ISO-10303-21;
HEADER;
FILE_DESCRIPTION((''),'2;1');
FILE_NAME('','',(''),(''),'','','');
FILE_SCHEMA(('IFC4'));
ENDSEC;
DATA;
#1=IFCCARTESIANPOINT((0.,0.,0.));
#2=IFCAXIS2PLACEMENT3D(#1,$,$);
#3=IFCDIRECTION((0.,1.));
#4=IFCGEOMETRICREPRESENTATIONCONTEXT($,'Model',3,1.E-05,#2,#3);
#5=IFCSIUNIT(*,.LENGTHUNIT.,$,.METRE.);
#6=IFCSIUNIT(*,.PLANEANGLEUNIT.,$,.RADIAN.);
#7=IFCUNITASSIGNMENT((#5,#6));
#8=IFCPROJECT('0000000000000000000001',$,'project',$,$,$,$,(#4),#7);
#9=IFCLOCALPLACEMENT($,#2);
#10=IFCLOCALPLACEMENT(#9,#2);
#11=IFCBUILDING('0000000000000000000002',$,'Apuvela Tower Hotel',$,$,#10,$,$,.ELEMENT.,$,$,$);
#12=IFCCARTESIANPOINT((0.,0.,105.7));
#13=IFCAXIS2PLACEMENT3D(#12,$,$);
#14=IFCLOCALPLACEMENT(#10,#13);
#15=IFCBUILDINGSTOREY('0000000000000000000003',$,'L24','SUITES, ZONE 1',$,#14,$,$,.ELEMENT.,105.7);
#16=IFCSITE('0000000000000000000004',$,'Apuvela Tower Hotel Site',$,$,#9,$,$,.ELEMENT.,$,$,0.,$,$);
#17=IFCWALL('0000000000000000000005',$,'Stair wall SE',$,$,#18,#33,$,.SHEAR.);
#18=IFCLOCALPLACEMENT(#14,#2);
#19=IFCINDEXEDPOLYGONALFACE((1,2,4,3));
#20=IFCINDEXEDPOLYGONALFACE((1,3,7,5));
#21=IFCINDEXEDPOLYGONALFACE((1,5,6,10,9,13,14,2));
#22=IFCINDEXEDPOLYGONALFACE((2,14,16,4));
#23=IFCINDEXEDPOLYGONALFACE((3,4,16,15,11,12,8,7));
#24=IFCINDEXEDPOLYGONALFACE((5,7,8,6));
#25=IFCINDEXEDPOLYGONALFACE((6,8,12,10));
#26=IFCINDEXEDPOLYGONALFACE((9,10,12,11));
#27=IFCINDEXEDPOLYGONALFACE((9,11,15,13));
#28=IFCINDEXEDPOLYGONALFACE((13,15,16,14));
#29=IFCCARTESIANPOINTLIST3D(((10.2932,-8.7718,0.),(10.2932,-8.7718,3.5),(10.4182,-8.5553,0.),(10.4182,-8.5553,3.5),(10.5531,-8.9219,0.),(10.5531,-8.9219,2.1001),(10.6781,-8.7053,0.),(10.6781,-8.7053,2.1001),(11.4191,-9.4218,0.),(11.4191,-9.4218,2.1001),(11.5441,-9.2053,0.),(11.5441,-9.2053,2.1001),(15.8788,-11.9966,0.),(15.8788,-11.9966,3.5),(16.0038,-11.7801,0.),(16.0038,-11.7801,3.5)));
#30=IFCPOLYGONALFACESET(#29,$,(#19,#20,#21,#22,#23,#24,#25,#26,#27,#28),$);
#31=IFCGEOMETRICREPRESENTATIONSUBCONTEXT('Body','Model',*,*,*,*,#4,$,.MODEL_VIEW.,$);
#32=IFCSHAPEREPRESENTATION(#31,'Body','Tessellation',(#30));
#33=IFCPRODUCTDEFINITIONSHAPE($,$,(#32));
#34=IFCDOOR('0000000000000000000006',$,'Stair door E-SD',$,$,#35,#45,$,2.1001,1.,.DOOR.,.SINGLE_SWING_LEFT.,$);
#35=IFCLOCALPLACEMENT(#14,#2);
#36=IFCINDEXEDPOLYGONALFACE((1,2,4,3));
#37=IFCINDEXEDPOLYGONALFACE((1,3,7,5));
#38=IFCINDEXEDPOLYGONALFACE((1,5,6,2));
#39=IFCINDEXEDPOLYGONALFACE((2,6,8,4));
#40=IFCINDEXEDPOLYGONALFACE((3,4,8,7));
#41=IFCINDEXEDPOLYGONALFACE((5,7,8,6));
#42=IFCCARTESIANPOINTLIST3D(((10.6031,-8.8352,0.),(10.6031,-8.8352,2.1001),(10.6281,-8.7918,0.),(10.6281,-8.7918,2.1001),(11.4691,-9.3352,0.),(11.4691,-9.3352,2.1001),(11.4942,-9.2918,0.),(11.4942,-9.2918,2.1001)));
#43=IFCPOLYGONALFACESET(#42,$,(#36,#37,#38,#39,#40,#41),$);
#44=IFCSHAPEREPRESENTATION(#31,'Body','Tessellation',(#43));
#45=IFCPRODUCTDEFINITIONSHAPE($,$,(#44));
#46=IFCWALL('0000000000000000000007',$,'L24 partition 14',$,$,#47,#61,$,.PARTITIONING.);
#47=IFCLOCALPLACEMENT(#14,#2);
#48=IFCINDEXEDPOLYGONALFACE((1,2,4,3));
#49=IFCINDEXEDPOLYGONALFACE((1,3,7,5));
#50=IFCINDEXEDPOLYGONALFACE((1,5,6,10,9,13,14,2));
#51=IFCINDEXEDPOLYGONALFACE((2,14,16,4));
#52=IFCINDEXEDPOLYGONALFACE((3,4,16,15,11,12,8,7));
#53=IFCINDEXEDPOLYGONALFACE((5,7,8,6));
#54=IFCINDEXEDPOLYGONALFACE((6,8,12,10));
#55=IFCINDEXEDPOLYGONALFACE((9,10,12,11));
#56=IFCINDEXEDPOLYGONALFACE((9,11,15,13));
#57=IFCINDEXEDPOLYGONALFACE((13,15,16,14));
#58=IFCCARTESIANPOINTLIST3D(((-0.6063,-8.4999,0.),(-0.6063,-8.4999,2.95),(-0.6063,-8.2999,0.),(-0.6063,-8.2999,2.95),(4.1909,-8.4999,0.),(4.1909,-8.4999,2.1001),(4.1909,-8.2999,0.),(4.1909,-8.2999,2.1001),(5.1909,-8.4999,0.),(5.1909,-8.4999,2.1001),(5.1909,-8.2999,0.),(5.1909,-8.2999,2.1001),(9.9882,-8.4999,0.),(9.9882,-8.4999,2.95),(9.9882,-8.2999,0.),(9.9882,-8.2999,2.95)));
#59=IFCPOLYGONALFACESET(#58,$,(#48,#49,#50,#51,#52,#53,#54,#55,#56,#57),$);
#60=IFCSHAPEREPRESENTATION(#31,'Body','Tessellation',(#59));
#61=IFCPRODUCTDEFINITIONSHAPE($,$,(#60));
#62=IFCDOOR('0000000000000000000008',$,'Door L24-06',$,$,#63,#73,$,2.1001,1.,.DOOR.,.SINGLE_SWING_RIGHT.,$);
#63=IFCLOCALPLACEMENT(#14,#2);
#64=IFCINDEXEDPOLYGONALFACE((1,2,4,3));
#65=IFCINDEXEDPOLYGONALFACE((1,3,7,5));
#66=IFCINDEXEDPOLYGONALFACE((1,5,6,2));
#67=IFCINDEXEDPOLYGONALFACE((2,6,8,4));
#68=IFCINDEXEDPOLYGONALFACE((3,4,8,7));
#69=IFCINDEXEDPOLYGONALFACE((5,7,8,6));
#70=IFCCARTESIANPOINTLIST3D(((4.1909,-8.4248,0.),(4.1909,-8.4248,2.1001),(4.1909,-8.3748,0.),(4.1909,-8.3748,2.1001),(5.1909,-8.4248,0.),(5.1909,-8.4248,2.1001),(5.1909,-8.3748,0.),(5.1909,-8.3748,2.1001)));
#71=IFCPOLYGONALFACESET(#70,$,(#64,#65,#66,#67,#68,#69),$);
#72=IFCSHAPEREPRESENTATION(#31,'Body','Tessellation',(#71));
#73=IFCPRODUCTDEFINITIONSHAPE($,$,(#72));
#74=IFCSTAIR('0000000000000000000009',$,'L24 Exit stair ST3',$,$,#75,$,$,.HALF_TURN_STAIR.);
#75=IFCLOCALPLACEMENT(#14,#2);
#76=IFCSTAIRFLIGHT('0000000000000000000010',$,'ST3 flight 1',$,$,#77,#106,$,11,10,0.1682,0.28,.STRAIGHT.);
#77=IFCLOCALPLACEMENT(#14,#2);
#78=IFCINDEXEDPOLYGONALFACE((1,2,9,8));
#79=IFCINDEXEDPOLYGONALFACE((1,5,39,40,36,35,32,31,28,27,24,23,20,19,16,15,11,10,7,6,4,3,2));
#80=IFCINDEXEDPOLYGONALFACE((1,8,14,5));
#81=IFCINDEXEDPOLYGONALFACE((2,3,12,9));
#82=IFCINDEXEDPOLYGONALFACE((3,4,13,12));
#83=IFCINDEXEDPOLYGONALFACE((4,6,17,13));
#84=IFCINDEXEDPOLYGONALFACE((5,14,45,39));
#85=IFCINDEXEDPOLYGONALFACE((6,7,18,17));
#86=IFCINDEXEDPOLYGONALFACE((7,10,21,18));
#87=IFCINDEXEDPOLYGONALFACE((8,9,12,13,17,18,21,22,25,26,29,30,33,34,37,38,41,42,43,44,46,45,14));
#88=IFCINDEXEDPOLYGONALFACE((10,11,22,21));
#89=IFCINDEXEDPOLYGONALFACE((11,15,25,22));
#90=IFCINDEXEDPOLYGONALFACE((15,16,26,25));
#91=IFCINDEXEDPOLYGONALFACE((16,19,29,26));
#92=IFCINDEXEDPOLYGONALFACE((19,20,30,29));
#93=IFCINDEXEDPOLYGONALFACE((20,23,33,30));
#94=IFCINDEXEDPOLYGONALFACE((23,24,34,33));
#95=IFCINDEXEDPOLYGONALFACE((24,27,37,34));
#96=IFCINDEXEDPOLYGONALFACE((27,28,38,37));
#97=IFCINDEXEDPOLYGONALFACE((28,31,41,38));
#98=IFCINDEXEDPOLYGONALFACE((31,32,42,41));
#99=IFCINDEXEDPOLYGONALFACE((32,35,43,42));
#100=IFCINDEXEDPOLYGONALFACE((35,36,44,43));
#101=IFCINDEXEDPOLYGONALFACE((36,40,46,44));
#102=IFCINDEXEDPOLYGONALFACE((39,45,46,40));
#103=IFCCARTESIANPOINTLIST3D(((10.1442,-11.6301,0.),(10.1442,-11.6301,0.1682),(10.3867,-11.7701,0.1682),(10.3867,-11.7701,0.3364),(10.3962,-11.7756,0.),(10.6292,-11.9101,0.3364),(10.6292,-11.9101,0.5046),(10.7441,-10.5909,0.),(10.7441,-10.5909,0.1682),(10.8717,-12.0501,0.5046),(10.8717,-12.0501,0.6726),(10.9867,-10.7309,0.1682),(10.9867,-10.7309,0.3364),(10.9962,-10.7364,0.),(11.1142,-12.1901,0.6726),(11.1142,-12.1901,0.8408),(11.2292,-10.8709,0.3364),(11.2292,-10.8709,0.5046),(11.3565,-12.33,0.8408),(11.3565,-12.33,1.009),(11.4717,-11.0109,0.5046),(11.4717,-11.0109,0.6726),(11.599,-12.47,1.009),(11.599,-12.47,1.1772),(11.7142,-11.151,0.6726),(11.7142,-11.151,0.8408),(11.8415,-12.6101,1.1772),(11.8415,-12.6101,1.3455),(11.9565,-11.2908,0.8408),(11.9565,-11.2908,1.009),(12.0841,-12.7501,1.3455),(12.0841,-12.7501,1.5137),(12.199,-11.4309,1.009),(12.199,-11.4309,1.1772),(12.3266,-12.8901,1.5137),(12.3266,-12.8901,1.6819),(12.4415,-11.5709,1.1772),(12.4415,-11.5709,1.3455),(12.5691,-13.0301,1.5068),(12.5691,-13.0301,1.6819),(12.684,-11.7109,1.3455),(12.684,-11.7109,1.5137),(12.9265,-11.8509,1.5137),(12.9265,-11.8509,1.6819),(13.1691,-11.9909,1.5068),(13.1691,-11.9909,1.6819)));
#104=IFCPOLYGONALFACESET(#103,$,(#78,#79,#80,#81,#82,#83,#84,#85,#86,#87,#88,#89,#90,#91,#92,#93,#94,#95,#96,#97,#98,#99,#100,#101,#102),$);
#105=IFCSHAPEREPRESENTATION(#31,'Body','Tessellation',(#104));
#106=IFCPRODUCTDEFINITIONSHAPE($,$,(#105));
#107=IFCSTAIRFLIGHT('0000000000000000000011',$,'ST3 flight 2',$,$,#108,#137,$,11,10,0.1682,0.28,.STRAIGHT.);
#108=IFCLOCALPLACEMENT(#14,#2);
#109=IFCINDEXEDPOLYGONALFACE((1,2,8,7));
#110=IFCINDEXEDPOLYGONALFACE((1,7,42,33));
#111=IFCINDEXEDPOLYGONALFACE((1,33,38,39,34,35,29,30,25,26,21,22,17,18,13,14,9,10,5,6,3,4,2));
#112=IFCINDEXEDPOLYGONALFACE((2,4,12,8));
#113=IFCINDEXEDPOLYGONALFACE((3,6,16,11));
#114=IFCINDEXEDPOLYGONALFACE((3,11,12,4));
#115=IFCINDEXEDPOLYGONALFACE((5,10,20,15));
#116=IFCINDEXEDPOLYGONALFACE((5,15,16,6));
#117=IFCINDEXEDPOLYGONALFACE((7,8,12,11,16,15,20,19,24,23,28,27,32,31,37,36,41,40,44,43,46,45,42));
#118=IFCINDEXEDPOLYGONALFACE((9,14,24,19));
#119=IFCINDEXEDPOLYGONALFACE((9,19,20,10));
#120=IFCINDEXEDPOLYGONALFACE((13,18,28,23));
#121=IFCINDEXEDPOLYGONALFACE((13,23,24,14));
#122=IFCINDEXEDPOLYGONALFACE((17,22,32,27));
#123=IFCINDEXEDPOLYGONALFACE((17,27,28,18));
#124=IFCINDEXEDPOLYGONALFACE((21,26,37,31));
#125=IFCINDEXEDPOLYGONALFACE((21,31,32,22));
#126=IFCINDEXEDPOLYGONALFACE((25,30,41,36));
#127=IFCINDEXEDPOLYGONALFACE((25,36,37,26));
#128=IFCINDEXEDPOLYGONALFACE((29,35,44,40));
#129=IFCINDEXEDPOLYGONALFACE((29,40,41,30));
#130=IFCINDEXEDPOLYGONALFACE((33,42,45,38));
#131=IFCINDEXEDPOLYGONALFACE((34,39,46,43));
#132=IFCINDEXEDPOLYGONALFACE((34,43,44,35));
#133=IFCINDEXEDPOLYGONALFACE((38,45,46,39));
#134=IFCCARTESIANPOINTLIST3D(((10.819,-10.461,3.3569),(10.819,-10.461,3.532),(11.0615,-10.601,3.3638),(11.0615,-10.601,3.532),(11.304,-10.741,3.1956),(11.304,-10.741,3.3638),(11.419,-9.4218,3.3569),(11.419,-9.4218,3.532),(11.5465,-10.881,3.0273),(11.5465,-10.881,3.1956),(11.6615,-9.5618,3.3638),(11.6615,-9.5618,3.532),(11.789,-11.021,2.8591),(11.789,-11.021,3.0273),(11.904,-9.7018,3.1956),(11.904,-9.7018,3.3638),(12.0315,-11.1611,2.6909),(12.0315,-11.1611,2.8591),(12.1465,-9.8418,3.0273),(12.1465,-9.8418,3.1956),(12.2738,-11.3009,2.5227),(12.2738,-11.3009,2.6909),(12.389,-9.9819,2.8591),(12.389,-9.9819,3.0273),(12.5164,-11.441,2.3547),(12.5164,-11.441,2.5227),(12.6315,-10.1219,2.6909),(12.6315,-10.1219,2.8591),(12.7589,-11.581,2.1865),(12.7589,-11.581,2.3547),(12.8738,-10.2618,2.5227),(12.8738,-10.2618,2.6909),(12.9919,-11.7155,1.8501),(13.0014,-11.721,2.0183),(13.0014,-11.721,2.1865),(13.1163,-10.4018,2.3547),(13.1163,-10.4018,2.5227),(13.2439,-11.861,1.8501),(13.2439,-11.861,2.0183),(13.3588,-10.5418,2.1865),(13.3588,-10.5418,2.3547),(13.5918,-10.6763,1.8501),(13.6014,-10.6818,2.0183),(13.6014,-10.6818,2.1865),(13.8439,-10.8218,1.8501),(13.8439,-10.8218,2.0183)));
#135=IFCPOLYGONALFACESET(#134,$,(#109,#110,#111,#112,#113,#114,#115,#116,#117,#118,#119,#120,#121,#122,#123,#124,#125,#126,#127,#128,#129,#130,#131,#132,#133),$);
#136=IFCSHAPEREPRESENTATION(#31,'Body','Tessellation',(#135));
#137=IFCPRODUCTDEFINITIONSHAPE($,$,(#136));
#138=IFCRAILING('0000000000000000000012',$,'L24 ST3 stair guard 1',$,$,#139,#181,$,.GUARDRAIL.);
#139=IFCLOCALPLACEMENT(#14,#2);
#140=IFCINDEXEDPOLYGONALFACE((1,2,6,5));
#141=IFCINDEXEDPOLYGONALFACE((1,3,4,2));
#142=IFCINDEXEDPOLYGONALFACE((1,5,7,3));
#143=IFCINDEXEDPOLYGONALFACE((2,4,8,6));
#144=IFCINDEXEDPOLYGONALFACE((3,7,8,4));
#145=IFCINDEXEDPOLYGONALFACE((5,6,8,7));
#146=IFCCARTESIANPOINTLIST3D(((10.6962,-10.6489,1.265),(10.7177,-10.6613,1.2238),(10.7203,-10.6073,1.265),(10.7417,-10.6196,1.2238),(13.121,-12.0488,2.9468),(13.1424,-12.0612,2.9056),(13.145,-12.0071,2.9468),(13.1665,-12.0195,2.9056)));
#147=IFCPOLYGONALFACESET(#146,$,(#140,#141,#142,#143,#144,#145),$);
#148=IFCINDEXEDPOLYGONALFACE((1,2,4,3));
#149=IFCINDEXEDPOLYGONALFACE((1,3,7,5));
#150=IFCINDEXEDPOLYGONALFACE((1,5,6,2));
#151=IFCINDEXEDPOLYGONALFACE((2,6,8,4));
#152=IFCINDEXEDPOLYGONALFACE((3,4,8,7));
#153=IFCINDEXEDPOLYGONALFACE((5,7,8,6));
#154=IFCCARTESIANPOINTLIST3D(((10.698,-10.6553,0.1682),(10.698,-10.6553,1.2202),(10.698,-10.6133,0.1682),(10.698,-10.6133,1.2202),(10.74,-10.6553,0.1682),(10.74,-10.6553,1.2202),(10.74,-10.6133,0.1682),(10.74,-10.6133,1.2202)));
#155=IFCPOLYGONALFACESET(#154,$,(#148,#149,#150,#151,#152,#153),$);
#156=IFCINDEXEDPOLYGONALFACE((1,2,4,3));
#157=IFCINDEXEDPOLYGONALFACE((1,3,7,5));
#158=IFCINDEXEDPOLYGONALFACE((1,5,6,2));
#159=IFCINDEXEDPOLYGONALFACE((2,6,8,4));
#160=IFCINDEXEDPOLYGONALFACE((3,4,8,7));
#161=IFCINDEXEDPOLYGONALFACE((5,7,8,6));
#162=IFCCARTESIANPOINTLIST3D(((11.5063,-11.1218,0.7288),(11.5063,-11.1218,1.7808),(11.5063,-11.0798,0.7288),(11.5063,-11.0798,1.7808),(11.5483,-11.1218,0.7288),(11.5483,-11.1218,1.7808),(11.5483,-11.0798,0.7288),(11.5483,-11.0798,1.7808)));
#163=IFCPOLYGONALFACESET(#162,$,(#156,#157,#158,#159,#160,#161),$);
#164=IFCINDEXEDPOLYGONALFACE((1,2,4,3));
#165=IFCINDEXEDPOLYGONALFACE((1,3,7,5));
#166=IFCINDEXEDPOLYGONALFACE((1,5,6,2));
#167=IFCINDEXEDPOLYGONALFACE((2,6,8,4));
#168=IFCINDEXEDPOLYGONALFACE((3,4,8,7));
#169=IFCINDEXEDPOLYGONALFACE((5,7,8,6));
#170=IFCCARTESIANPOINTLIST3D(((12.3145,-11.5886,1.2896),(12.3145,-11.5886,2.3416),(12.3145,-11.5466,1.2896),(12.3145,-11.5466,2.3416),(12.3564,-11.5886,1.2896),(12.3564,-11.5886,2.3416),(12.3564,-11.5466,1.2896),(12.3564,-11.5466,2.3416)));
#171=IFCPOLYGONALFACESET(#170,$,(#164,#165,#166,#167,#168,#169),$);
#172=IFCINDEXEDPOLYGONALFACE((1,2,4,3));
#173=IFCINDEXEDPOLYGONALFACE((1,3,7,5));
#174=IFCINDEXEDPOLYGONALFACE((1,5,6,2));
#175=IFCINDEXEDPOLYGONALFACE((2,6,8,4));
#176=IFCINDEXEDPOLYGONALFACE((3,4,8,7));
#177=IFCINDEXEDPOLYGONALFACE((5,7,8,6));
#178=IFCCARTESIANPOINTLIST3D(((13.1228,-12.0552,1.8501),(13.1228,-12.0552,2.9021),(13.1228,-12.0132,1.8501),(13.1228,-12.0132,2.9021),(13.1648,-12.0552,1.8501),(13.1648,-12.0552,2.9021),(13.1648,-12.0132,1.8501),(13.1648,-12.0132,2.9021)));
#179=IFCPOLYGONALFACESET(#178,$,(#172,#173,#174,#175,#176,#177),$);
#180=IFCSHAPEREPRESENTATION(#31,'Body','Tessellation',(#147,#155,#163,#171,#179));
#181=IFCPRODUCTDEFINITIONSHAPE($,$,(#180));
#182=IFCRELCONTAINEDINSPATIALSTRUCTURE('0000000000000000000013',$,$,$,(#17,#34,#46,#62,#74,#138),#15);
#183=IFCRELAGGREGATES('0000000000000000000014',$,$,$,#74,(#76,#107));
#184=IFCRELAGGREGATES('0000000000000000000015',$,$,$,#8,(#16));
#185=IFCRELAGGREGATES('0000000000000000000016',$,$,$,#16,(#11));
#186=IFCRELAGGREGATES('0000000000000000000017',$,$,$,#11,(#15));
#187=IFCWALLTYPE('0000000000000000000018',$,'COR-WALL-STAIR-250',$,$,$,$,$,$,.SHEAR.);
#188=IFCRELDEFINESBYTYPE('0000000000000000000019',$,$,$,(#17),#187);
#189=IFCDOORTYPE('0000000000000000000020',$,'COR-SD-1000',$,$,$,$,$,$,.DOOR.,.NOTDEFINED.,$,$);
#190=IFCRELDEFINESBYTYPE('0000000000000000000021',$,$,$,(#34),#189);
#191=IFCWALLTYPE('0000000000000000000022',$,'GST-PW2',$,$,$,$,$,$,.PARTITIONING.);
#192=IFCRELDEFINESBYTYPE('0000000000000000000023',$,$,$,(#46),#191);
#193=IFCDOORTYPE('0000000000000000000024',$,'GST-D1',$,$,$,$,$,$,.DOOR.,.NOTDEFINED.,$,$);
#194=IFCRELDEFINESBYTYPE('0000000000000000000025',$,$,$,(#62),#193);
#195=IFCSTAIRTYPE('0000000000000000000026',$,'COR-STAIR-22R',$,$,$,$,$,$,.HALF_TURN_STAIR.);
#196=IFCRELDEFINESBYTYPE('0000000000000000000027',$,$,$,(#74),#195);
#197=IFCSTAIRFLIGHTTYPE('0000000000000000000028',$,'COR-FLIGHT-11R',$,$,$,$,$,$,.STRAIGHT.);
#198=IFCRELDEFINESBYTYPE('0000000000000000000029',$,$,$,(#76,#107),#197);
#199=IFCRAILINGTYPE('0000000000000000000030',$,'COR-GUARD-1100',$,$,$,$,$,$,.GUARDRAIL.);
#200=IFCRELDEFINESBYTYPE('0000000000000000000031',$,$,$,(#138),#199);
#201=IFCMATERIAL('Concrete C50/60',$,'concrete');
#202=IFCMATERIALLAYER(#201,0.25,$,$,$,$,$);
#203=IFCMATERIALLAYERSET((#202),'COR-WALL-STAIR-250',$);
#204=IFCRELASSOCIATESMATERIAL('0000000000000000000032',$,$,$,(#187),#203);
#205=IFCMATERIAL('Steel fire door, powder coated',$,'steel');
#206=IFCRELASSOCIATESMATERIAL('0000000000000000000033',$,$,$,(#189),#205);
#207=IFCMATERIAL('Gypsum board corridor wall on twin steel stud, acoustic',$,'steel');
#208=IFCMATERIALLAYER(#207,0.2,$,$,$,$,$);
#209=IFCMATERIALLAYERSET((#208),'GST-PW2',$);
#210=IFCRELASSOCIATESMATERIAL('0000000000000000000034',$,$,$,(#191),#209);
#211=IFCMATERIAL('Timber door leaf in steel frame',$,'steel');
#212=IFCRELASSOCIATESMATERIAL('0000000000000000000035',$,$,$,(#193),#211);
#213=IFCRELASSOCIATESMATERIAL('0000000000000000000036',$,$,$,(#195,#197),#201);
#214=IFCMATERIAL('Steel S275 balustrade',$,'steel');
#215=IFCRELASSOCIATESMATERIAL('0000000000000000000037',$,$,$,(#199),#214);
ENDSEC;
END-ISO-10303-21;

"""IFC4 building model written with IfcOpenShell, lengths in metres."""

from ifc_helpers import new_model, si_unit, direction, frame, frame_2d, origin, origin_2d, place, context, subcontext, project, spatial, polyline, rectangle, outline, extrude, material, layer, layer_set, type_object, element, fill, aggregate, save


model = new_model("IFC4")

# Units and contexts
model_context = context("Model", 3, precision=1e-05, world=origin(), true_north=direction((0.0, 1.0)))
body_context = subcontext(model_context, "Body", "Model", "MODEL_VIEW")
ifc_project = project(units=[si_unit("LENGTHUNIT", "METRE"), si_unit("PLANEANGLEUNIT", "RADIAN")], contexts=[model_context])

# Site, building, storey
site_placement = place(None, origin())
site = spatial("IfcSite", under=ifc_project, at=site_placement, Name="Apuvela Tower Hotel Site", CompositionType="ELEMENT", RefElevation=0.0)
building_placement = place(site_placement, origin())
building = spatial("IfcBuilding", under=site, at=building_placement, Name="Apuvela Tower Hotel", CompositionType="ELEMENT")
storey_placement = place(building_placement, frame((0.0, 0.0, 105.7)))
storey = spatial("IfcBuildingStorey", under=building, at=storey_placement, Name="L24", Description="SUITES, ZONE 1", CompositionType="ELEMENT", Elevation=105.7)

# Shared definitions
ifc_material_1 = material(Name="Concrete C50/60", Category="concrete")

# Shared definitions
ifc_material_2 = material(Name="Steel fire door, powder coated", Category="steel")

# Walls, openings, doors
ifc_layer_1 = layer(ifc_material_1, 0.25)
ifc_layer_set_1 = layer_set([ifc_layer_1], Name="COR-WALL-STAIR-250")
wall_type_1 = type_object("IfcWallType", Name="COR-WALL-STAIR-250", PredefinedType="SHEAR", material=ifc_layer_set_1)
wall_1_placement = place(storey_placement, frame((10.3557, -8.6636, 0.0), z_axis=(0.0, 0.0, 1.0), x_axis=(0.866029, -0.499994, 0.0)))
wall_1 = element("IfcWall", 1, at=wall_1_placement, inside=storey, type_object=wall_type_1, Name="Stair wall SE", PredefinedType="SHEAR", context=body_context, shape_type="SweptSolid", body=[
    extrude(rectangle(XDim=6.4497, YDim=0.25, at=frame_2d((3.2249, 0.0))), origin(), (0.0, 0.0, 1.0), 3.5),
])
opening_1_placement = place(wall_1_placement, frame((0.3, 0.0, 0.0)))
opening_1 = element("IfcOpeningElement", 2, at=opening_1_placement, cuts=wall_1, PredefinedType="OPENING", context=body_context, shape_type="SweptSolid", body=[
    extrude(rectangle(XDim=1.0, YDim=2.1001, at=frame_2d((0.5, 1.05))), frame((0.0, 0.135, 0.0), z_axis=(0.0, -1.0, 0.0), x_axis=(1.0, 0.0, 0.0)), (0.0, 0.0, 1.0), 0.27),
])
door_type_1 = type_object("IfcDoorType", Name="COR-SD-1000", OperationType="NOTDEFINED", PredefinedType="DOOR", material=ifc_material_2)
door_1_placement = place(opening_1_placement, frame((1.0, 0.0, 0.0), z_axis=(0.0, 0.0, 1.0), x_axis=(-1.0, 0.0, 0.0)))
door_1 = element("IfcDoor", 3, at=door_1_placement, inside=storey, type_object=door_type_1, Name="Stair door E-SD", OperationType="SINGLE_SWING_LEFT", OverallHeight=2.1001, OverallWidth=1.0, PredefinedType="DOOR", context=body_context, shape_type="SweptSolid", body=[
    extrude(rectangle(XDim=1.0, YDim=2.1001, at=frame_2d((0.5, 1.05))), frame((0.0, 0.0249, 0.0), z_axis=(0.0, -1.0, 0.0), x_axis=(1.0, 0.0, 0.0)), (0.0, 0.0, 1.0), 0.05),
])
fill(opening_1, door_1)
ifc_material_3 = material(Name="Gypsum board corridor wall on twin steel stud, acoustic", Category="steel")
ifc_layer_2 = layer(ifc_material_3, 0.2)
ifc_layer_set_2 = layer_set([ifc_layer_2], Name="GST-PW2")
wall_type_2 = type_object("IfcWallType", Name="GST-PW2", PredefinedType="PARTITIONING", material=ifc_layer_set_2)
wall_2_placement = place(storey_placement, frame((9.9883, -8.3999, 0.0), z_axis=(0.0, 0.0, 1.0), x_axis=(-1.0, 0.0, 0.0)))
wall_2 = element("IfcWall", 4, at=wall_2_placement, inside=storey, type_object=wall_type_2, Name="L24 partition 14", PredefinedType="PARTITIONING", context=body_context, shape_type="SweptSolid", body=[
    extrude(rectangle(XDim=10.5945, YDim=0.2, at=frame_2d((5.2974, 0.0))), origin(), (0.0, 0.0, 1.0), 2.95),
])
opening_2_placement = place(wall_2_placement, frame((4.7974, 0.0, 0.0)))
opening_2 = element("IfcOpeningElement", 5, at=opening_2_placement, cuts=wall_2, PredefinedType="OPENING", context=body_context, shape_type="SweptSolid", body=[
    extrude(rectangle(XDim=1.0, YDim=2.1001, at=frame_2d((0.5, 1.05))), frame((0.0, 0.1099, 0.0), z_axis=(0.0, -1.0, 0.0), x_axis=(1.0, 0.0, 0.0)), (0.0, 0.0, 1.0), 0.22),
])
ifc_material_4 = material(Name="Timber door leaf in steel frame", Category="steel")
door_type_2 = type_object("IfcDoorType", Name="GST-D1", OperationType="NOTDEFINED", PredefinedType="DOOR", material=ifc_material_4)
door_2_placement = place(opening_2_placement, origin())
door_2 = element("IfcDoor", 6, at=door_2_placement, inside=storey, type_object=door_type_2, Name="Door L24-06", OperationType="SINGLE_SWING_RIGHT", OverallHeight=2.1001, OverallWidth=1.0, PredefinedType="DOOR", context=body_context, shape_type="SweptSolid", body=[
    extrude(rectangle(XDim=1.0, YDim=2.1001, at=frame_2d((0.5, 1.05))), frame((0.0, 0.0249, 0.0), z_axis=(0.0, -1.0, 0.0), x_axis=(1.0, 0.0, 0.0)), (0.0, 0.0, 1.0), 0.05),
])
fill(opening_2, door_2)

# Stair, stair flights
stair_type = type_object("IfcStairType", Name="COR-STAIR-22R", PredefinedType="HALF_TURN_STAIR", material=ifc_material_1)
stair_placement = place(storey_placement, origin())
stair = element("IfcStair", 7, at=stair_placement, inside=storey, type_object=stair_type, Name="L24 Exit stair ST3", PredefinedType="HALF_TURN_STAIR")
stair_flight_type = type_object("IfcStairFlightType", Name="COR-FLIGHT-11R", PredefinedType="STRAIGHT", material=ifc_material_1)
stair_flight_1_placement = place(storey_placement, frame((10.4441, -11.1106, 0.0), z_axis=(0.0, 0.0, 1.0), x_axis=(0.866025, -0.5, 0.0)))
stair_flight_1 = element("IfcStairFlight", 8, at=stair_flight_1_placement, type_object=stair_flight_type, Name="ST3 flight 1", NumberOfRisers=11, NumberOfTreads=10, PredefinedType="STRAIGHT", RiserHeight=0.1682, TreadLength=0.28, context=body_context, shape_type="SweptSolid", body=[
    extrude(outline(polyline([(0.0, 0.0), (0.0, 0.1682), (0.28, 0.1682), (0.28, 0.3364), (0.5601, 0.3364), (0.5601, 0.5046), (0.8401, 0.5046), (0.8401, 0.6726), (1.1201, 0.6726), (1.1201, 0.8408), (1.3999, 0.8408), (1.3999, 1.009), (1.6799, 1.009), (1.6799, 1.1772), (1.96, 1.1772), (1.96, 1.3455), (2.24, 1.3455), (2.24, 1.5137), (2.52, 1.5137), (2.52, 1.6819), (2.8, 1.6819), (2.8, 1.8501), (2.8, 1.5068), (0.291, 0.0), (0.0, 0.0)])), frame((0.0, 0.6001, 0.0), z_axis=(0.0, -1.0, 0.0), x_axis=(1.0, 0.0, 0.0)), (0.0, 0.0, 1.0), 1.2),
])
stair_flight_2_placement = place(storey_placement, frame((13.5439, -11.3413, 1.8501), z_axis=(0.0, 0.0, 1.0), x_axis=(-0.866025, 0.5, 0.0)))
stair_flight_2 = element("IfcStairFlight", 9, at=stair_flight_2_placement, type_object=stair_flight_type, Name="ST3 flight 2", NumberOfRisers=11, NumberOfTreads=10, PredefinedType="STRAIGHT", RiserHeight=0.1682, TreadLength=0.28, context=body_context, shape_type="SweptSolid", body=[
    extrude(outline(polyline([(0.0, 0.0), (0.0, 0.1682), (0.28, 0.1682), (0.28, 0.3364), (0.5601, 0.3364), (0.5601, 0.5046), (0.8401, 0.5046), (0.8401, 0.6726), (1.1201, 0.6726), (1.1201, 0.8408), (1.3999, 0.8408), (1.3999, 1.009), (1.6799, 1.009), (1.6799, 1.1772), (1.96, 1.1772), (1.96, 1.3455), (2.24, 1.3455), (2.24, 1.5137), (2.52, 1.5137), (2.52, 1.6819), (2.8, 1.6819), (2.8, 1.8501), (2.8, 1.5068), (0.291, 0.0), (0.0, 0.0)])), frame((0.0, 0.6001, 0.0), z_axis=(0.0, -1.0, 0.0), x_axis=(1.0, 0.0, 0.0)), (0.0, 0.0, 1.0), 1.2),
])
aggregate(stair, [stair_flight_1, stair_flight_2])

# Railing
ifc_material_5 = material(Name="Steel S275 balustrade", Category="steel")
railing_type_1 = type_object("IfcRailingType", Name="COR-GUARD-1100", PredefinedType="GUARDRAIL", material=ifc_material_5)
railing_1_placement = place(storey_placement, frame((10.719, -10.6343, 0.1682)))
element("IfcRailing", 10, at=railing_1_placement, inside=storey, type_object=railing_type_1, Name="L24 ST3 stair guard 1", PredefinedType="GUARDRAIL", context=body_context, shape_type="SweptSolid", body=[
    extrude(rectangle(XDim=0.0481, YDim=0.0481, at=origin_2d()), frame((0.0, 0.0, 1.0762), z_axis=(0.74239, -0.428601, 0.514934), x_axis=(0.499984, 0.866035, 0.0)), (0.0, 0.0, 1.0), 3.2661),
    extrude(rectangle(XDim=0.042, YDim=0.042, at=origin_2d()), origin(), (0.0, 0.0, 1.0), 1.052),
    extrude(rectangle(XDim=0.042, YDim=0.042, at=origin_2d()), frame((0.8083, -0.4666, 0.5605)), (0.0, 0.0, 1.0), 1.052),
    extrude(rectangle(XDim=0.042, YDim=0.042, at=origin_2d()), frame((1.6165, -0.9333, 1.1213)), (0.0, 0.0, 1.0), 1.052),
    extrude(rectangle(XDim=0.042, YDim=0.042, at=origin_2d()), frame((2.4248, -1.3999, 1.6819)), (0.0, 0.0, 1.0), 1.052),
])

save(model, "model.ifc")
